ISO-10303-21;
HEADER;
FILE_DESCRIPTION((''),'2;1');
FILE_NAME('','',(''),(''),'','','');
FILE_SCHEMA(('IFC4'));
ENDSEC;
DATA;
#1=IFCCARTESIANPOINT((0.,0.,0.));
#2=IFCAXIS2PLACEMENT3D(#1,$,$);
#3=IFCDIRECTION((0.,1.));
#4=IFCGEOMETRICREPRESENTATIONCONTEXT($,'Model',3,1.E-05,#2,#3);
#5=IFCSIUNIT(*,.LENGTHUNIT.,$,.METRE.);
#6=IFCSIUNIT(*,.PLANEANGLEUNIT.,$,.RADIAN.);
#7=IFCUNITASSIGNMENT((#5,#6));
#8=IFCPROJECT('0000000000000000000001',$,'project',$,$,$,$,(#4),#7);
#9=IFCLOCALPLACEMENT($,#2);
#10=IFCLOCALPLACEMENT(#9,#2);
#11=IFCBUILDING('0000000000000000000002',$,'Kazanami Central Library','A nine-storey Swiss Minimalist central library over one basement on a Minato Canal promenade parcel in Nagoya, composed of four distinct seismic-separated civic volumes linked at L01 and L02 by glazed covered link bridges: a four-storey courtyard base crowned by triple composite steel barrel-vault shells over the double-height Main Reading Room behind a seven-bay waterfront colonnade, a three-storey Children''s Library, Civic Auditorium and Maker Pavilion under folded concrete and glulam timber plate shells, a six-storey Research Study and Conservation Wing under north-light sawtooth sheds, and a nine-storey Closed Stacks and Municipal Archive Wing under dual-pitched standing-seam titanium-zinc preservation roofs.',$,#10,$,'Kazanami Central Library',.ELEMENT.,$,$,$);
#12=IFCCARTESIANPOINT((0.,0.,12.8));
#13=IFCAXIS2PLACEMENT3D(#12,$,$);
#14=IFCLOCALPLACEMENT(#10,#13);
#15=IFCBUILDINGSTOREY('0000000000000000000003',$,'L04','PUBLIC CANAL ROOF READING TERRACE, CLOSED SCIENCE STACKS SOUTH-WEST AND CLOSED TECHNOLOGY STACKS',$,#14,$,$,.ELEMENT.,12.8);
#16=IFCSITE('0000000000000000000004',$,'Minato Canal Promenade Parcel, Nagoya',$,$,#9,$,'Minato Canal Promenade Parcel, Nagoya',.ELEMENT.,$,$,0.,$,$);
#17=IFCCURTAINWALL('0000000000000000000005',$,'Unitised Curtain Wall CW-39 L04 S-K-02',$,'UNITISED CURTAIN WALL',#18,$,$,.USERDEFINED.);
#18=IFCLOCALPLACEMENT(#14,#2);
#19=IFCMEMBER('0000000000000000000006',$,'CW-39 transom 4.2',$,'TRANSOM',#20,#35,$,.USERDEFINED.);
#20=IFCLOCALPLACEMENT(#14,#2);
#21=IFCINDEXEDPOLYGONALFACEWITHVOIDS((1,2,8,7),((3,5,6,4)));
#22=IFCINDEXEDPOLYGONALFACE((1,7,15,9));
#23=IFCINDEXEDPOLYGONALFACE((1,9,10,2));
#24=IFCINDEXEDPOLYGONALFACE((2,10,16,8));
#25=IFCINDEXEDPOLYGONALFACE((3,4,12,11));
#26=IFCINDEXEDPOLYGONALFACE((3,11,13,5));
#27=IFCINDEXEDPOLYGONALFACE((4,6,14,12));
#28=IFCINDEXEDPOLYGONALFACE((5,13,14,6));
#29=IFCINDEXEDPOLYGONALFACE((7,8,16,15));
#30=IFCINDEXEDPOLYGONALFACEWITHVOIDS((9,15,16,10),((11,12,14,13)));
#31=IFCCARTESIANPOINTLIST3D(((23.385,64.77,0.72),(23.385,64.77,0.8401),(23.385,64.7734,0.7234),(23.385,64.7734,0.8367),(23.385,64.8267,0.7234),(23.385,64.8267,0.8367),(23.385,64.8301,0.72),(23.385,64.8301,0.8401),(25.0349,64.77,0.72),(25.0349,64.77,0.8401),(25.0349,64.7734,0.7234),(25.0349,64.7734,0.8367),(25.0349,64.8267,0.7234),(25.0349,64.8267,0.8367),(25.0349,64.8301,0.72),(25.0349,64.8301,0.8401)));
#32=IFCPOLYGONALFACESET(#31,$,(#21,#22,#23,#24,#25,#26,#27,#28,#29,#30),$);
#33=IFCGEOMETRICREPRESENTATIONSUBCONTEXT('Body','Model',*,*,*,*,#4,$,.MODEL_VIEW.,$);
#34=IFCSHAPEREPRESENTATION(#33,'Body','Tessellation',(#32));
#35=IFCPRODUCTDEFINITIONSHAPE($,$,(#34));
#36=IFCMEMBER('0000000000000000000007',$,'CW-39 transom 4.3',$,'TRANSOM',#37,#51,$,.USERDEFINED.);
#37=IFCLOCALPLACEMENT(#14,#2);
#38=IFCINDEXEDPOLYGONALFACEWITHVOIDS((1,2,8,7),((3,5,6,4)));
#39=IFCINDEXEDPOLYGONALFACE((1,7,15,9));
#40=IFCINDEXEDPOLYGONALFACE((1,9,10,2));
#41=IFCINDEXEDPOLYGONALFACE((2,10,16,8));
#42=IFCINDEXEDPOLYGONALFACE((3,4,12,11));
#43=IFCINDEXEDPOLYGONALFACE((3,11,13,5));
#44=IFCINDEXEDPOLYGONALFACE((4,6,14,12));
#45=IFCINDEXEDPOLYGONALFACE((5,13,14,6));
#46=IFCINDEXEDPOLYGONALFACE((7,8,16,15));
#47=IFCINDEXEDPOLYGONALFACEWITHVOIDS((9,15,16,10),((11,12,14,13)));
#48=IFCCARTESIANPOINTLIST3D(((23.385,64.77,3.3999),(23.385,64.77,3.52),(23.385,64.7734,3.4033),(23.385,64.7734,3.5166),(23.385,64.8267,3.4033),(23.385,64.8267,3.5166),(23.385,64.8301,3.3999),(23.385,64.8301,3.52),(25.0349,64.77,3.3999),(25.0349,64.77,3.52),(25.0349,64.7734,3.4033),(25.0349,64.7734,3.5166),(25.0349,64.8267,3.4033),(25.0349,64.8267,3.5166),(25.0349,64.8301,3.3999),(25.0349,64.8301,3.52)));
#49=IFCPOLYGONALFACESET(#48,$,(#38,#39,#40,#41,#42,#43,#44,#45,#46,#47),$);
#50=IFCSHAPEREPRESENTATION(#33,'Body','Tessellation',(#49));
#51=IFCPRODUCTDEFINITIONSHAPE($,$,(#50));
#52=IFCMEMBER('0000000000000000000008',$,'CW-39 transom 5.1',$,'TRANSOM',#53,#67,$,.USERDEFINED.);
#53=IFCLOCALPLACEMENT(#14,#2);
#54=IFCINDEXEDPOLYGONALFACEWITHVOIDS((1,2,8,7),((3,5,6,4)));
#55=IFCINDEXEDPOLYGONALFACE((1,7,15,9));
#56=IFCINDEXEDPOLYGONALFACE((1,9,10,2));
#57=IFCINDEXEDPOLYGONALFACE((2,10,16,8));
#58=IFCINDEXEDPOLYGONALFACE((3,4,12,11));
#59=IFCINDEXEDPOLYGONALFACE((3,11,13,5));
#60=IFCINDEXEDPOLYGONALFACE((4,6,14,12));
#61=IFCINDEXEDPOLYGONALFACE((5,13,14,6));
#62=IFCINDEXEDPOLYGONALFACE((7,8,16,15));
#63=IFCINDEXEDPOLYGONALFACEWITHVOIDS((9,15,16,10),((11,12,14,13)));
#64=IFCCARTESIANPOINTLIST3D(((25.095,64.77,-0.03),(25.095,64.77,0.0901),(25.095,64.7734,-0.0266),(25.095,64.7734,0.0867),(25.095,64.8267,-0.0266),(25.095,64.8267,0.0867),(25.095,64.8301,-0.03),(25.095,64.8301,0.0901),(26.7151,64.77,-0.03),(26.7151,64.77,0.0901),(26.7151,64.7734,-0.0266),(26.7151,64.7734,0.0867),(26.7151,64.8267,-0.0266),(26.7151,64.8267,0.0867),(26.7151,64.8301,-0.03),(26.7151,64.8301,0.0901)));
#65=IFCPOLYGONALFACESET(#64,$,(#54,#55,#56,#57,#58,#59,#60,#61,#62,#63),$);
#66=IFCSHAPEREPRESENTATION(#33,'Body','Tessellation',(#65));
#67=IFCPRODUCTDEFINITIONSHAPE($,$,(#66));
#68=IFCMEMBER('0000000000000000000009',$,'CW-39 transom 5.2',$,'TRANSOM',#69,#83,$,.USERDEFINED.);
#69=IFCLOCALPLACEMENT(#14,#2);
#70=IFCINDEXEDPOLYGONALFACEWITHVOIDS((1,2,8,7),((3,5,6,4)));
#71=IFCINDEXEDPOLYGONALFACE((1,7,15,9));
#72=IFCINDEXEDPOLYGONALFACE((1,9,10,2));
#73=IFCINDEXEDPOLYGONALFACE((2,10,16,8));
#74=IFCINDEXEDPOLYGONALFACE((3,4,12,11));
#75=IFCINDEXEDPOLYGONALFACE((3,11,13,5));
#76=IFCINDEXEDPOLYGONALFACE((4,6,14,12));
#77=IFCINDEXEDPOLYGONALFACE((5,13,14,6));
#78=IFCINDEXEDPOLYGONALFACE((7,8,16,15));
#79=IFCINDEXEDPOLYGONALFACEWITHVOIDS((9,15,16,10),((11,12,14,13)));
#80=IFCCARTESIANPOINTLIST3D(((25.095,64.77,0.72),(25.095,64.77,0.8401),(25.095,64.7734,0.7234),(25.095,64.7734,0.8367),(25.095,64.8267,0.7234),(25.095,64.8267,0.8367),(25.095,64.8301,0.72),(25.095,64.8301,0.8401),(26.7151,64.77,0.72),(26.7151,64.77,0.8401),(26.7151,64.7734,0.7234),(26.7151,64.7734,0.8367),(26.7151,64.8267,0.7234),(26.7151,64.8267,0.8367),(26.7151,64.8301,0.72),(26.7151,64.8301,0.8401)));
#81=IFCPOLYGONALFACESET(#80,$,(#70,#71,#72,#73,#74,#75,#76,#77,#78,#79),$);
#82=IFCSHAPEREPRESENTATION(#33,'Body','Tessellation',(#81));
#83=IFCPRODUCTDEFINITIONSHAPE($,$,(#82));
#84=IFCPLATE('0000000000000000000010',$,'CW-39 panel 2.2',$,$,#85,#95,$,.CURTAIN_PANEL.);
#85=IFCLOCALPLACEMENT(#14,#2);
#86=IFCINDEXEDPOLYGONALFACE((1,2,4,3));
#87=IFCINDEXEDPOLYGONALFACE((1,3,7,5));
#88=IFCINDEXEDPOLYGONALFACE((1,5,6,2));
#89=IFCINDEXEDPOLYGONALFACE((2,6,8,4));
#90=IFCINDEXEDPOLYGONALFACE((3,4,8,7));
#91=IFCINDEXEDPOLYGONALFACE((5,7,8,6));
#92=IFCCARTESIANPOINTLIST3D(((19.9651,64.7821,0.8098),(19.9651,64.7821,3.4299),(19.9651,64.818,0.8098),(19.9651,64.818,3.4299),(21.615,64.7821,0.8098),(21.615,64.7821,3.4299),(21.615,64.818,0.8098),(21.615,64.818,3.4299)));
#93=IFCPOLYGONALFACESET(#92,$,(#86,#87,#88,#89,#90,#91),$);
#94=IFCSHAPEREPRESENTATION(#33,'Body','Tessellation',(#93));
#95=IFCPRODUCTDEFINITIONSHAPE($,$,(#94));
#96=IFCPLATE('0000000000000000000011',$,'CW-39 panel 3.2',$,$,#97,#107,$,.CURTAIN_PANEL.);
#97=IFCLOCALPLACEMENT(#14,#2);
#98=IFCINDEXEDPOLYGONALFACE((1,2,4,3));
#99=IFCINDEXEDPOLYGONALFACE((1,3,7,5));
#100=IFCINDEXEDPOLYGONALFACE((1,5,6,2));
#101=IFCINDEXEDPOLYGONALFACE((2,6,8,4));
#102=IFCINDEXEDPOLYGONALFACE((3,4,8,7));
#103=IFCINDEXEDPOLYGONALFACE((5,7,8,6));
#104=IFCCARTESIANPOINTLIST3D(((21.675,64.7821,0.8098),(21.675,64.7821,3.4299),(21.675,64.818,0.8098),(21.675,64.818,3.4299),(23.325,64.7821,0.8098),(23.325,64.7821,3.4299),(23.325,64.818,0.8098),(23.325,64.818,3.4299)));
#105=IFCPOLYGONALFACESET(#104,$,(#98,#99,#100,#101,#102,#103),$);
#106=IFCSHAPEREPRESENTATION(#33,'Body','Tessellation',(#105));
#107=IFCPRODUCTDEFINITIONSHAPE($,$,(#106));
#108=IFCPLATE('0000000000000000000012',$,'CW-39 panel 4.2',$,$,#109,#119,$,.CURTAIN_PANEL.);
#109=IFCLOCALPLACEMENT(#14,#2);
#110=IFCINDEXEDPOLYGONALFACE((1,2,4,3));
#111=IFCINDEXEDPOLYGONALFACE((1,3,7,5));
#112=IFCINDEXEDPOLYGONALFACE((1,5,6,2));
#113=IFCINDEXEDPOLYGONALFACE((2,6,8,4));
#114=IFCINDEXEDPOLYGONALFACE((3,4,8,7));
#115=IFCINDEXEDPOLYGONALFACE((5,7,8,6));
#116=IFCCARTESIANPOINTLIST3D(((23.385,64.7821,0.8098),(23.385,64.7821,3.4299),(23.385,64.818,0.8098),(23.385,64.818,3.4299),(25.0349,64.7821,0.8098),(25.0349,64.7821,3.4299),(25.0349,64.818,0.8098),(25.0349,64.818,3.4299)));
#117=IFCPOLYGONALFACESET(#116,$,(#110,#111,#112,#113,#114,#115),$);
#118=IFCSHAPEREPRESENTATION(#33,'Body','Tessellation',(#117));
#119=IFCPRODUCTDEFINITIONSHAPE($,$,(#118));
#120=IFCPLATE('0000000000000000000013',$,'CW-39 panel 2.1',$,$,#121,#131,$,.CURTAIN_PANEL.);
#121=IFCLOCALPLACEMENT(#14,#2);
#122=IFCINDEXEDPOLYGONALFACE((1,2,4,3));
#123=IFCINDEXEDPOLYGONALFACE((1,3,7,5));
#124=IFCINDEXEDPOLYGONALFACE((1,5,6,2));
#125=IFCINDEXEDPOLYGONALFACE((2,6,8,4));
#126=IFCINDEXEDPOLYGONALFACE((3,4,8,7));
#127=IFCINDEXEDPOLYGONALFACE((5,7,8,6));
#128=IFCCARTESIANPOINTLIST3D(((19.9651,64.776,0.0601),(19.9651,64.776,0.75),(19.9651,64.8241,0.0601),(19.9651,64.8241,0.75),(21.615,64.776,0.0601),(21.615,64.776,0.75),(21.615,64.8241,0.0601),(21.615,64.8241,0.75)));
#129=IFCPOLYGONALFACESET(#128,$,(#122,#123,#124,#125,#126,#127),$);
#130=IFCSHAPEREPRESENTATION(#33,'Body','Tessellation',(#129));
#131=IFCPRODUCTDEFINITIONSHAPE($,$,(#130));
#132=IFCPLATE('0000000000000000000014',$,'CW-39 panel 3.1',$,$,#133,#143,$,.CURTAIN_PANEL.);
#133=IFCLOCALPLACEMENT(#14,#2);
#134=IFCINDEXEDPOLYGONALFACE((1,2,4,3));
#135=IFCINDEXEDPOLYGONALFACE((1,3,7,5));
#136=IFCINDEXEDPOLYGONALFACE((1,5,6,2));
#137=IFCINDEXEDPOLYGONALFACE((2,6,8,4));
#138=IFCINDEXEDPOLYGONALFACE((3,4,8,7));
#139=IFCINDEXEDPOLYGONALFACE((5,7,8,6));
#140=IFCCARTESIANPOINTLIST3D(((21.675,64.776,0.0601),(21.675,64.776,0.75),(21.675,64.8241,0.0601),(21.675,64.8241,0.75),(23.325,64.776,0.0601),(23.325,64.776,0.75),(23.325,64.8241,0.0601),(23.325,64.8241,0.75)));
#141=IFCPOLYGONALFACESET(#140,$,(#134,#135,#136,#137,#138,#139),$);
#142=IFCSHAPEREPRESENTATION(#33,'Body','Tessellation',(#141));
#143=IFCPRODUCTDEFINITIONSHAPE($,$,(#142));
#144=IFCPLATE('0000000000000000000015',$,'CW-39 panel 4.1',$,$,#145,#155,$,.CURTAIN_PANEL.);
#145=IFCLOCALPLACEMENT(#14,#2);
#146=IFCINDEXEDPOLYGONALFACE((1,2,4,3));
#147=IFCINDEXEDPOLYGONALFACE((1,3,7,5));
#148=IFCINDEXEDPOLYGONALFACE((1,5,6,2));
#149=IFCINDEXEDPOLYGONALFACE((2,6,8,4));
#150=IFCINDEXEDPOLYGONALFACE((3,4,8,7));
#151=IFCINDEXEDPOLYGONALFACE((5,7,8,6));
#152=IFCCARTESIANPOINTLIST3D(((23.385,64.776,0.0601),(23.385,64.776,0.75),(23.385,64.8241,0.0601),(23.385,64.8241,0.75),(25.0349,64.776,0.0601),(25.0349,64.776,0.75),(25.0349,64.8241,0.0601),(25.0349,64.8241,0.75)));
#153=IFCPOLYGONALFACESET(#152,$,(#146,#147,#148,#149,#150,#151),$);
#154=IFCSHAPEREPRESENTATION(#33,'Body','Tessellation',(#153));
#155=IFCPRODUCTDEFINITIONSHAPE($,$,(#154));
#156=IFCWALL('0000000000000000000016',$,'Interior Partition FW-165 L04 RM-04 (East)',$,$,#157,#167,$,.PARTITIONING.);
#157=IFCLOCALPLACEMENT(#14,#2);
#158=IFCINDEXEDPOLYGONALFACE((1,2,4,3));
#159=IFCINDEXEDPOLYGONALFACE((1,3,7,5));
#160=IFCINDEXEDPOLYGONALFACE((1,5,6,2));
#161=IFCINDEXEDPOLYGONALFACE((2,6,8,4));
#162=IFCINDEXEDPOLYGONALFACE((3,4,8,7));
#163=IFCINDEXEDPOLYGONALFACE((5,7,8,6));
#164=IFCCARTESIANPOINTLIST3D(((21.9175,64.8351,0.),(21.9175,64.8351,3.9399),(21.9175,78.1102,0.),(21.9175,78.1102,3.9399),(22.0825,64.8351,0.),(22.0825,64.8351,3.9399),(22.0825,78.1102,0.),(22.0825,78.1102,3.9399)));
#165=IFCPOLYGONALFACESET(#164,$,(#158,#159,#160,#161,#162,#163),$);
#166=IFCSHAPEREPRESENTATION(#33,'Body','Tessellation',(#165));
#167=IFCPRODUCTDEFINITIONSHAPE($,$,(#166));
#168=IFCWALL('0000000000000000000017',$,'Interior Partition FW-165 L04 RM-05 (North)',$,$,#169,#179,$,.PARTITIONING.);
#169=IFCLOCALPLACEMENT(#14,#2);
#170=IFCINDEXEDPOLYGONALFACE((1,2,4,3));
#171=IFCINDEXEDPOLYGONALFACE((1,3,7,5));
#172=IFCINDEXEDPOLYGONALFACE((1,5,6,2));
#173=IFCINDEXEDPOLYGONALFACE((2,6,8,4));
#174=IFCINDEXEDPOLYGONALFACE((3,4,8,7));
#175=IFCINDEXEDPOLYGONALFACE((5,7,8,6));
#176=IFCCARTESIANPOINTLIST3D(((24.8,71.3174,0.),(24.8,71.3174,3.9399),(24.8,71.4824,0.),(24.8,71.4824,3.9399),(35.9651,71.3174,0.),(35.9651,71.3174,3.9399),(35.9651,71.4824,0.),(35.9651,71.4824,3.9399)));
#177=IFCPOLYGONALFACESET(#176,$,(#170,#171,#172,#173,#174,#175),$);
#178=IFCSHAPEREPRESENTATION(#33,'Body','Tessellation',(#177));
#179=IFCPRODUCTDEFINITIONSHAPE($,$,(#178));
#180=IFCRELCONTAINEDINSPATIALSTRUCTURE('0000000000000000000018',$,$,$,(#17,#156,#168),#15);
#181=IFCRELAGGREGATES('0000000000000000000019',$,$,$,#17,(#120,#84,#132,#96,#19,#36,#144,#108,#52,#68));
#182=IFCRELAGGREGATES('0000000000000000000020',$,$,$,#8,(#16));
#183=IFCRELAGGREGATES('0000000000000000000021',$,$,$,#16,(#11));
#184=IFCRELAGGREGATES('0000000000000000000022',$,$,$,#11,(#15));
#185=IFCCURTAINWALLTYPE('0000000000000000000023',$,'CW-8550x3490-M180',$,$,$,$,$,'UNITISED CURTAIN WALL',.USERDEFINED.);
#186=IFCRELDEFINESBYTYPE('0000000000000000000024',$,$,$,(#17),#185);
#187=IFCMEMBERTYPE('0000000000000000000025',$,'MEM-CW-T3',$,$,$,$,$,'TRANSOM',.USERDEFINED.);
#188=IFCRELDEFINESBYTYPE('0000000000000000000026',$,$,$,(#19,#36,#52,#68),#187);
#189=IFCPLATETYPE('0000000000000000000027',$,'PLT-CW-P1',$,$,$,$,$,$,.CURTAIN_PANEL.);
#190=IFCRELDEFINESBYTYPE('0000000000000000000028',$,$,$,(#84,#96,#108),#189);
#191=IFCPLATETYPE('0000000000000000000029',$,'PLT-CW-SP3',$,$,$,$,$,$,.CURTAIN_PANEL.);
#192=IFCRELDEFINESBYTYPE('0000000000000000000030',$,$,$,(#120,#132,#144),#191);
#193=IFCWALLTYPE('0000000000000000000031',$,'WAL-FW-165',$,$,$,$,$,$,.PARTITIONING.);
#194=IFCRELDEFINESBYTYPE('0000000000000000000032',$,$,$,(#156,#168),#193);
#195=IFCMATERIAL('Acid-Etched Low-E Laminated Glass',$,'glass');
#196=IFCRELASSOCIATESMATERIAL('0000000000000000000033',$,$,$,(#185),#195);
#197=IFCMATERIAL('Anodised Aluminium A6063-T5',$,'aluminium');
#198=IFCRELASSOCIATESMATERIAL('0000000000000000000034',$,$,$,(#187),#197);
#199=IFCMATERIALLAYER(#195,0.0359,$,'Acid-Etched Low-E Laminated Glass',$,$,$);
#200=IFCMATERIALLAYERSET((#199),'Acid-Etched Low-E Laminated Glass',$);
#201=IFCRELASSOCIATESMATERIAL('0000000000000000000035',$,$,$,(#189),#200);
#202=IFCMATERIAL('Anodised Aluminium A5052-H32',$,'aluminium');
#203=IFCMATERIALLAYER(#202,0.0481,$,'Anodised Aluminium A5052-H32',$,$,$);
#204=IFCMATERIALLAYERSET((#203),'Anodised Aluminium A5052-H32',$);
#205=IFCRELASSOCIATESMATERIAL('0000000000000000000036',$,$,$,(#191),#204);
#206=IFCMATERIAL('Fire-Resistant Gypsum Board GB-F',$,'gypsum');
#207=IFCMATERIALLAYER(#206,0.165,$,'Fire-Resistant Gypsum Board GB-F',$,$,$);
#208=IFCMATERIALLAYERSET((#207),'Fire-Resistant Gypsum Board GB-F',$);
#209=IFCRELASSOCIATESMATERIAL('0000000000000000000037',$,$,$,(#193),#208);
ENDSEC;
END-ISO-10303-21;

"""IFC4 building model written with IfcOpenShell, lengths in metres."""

from ifc_helpers import new_model, si_unit, direction, frame, frame_2d, origin, origin_2d, place, context, subcontext, project, spatial, rectangle, hollow_rectangle, extrude, material, layer, layer_set, material_profile, profile_set, type_object, element, aggregate, save


model = new_model("IFC4")

# Units and contexts
model_context = context("Model", 3, precision=1e-05, world=origin(), true_north=direction((0.0, 1.0)))
body_context = subcontext(model_context, "Body", "Model", "MODEL_VIEW")
ifc_project = project(units=[si_unit("LENGTHUNIT", "METRE"), si_unit("PLANEANGLEUNIT", "RADIAN")], contexts=[model_context])

# Site, building, storey
site_placement = place(None, origin())
site = spatial("IfcSite", under=ifc_project, at=site_placement, Name="Minato Canal Promenade Parcel, Nagoya", LongName="Minato Canal Promenade Parcel, Nagoya", CompositionType="ELEMENT", RefElevation=0.0)
building_placement = place(site_placement, origin())
building = spatial("IfcBuilding", under=site, at=building_placement, Name="Kazanami Central Library", Description="A nine-storey Swiss Minimalist central library over one basement on a Minato Canal promenade parcel in Nagoya, composed of four distinct seismic-separated civic volumes linked at L01 and L02 by glazed covered link bridges: a four-storey courtyard base crowned by triple composite steel barrel-vault shells over the double-height Main Reading Room behind a seven-bay waterfront colonnade, a three-storey Children's Library, Civic Auditorium and Maker Pavilion under folded concrete and glulam timber plate shells, a six-storey Research Study and Conservation Wing under north-light sawtooth sheds, and a nine-storey Closed Stacks and Municipal Archive Wing under dual-pitched standing-seam titanium-zinc preservation roofs.", LongName="Kazanami Central Library", CompositionType="ELEMENT")
storey_placement = place(building_placement, frame((0.0, 0.0, 12.8)))
storey = spatial("IfcBuildingStorey", under=building, at=storey_placement, Name="L04", Description="PUBLIC CANAL ROOF READING TERRACE, CLOSED SCIENCE STACKS SOUTH-WEST AND CLOSED TECHNOLOGY STACKS", CompositionType="ELEMENT", Elevation=12.8)

# Curtain wall, members, plates
ifc_material_1 = material(Name="Acid-Etched Low-E Laminated Glass", Category="glass")
curtain_wall_type = type_object("IfcCurtainWallType", Name="CW-8550x3490-M180", ElementType="UNITISED CURTAIN WALL", PredefinedType="USERDEFINED", material=ifc_material_1)
curtain_wall_placement = place(storey_placement, origin())
curtain_wall = element("IfcCurtainWall", 1, at=curtain_wall_placement, inside=storey, type_object=curtain_wall_type, Name="Unitised Curtain Wall CW-39 L04 S-K-02", ObjectType="UNITISED CURTAIN WALL", PredefinedType="USERDEFINED")
ifc_material_2 = material(Name="Anodised Aluminium A6063-T5", Category="aluminium")
ifc_material_profile_1 = material_profile(ifc_material_2, hollow_rectangle(XDim=0.0601, YDim=0.1201, WallThickness=0.0034, at=origin_2d()), Name="ALU-TRAN-60x120x3.5")
ifc_profile_set_1 = profile_set([ifc_material_profile_1], Name="Anodised Aluminium A6063-T5")
member_type_1 = type_object("IfcMemberType", Name="MEM-CW-T3", ElementType="TRANSOM", PredefinedType="USERDEFINED", material=ifc_profile_set_1)
member_1_placement = place(storey_placement, frame((23.385, 64.8, 0.78), z_axis=(1.0, 0.0, 0.0), x_axis=(0.0, 1.0, 0.0)))
member_1 = element("IfcMember", 2, at=member_1_placement, type_object=member_type_1, Name="CW-39 transom 4.2", ObjectType="TRANSOM", PredefinedType="USERDEFINED", context=body_context, shape_type="SweptSolid", body=[
    extrude(hollow_rectangle(XDim=0.0601, YDim=0.1201, WallThickness=0.0034, at=origin_2d()), origin(), (0.0, 0.0, 1.0), 1.6499),
])
member_2_placement = place(storey_placement, frame((23.385, 64.8, 3.46), z_axis=(1.0, 0.0, 0.0), x_axis=(0.0, 1.0, 0.0)))
member_2 = element("IfcMember", 3, at=member_2_placement, type_object=member_type_1, Name="CW-39 transom 4.3", ObjectType="TRANSOM", PredefinedType="USERDEFINED", context=body_context, shape_type="SweptSolid", body=[
    extrude(hollow_rectangle(XDim=0.0601, YDim=0.1201, WallThickness=0.0034, at=origin_2d()), origin(), (0.0, 0.0, 1.0), 1.6499),
])
member_3_placement = place(storey_placement, frame((25.095, 64.8, 0.03), z_axis=(1.0, 0.0, 0.0), x_axis=(0.0, 1.0, 0.0)))
member_3 = element("IfcMember", 4, at=member_3_placement, type_object=member_type_1, Name="CW-39 transom 5.1", ObjectType="TRANSOM", PredefinedType="USERDEFINED", context=body_context, shape_type="SweptSolid", body=[
    extrude(hollow_rectangle(XDim=0.0601, YDim=0.1201, WallThickness=0.0034, at=origin_2d()), origin(), (0.0, 0.0, 1.0), 1.6201),
])
member_4_placement = place(storey_placement, frame((25.095, 64.8, 0.78), z_axis=(1.0, 0.0, 0.0), x_axis=(0.0, 1.0, 0.0)))
member_4 = element("IfcMember", 5, at=member_4_placement, type_object=member_type_1, Name="CW-39 transom 5.2", ObjectType="TRANSOM", PredefinedType="USERDEFINED", context=body_context, shape_type="SweptSolid", body=[
    extrude(hollow_rectangle(XDim=0.0601, YDim=0.1201, WallThickness=0.0034, at=origin_2d()), origin(), (0.0, 0.0, 1.0), 1.6201),
])
ifc_layer_1 = layer(ifc_material_1, 0.0359, Name="Acid-Etched Low-E Laminated Glass")
ifc_layer_set_1 = layer_set([ifc_layer_1], Name="Acid-Etched Low-E Laminated Glass")
plate_type_1 = type_object("IfcPlateType", Name="PLT-CW-P1", PredefinedType="CURTAIN_PANEL", material=ifc_layer_set_1)
plate_1_placement = place(storey_placement, frame((20.79, 64.8, 0.8098), z_axis=(0.0, 0.0, 1.0), x_axis=(1.0, 0.0, 0.0)))
plate_1 = element("IfcPlate", 6, at=plate_1_placement, type_object=plate_type_1, Name="CW-39 panel 2.2", PredefinedType="CURTAIN_PANEL", context=body_context, shape_type="SweptSolid", body=[
    extrude(rectangle(XDim=1.6499, YDim=0.0359, at=origin_2d()), origin(), (0.0, 0.0, 1.0), 2.6201),
])
plate_2_placement = place(storey_placement, frame((22.5, 64.8, 0.8098), z_axis=(0.0, 0.0, 1.0), x_axis=(1.0, 0.0, 0.0)))
plate_2 = element("IfcPlate", 7, at=plate_2_placement, type_object=plate_type_1, Name="CW-39 panel 3.2", PredefinedType="CURTAIN_PANEL", context=body_context, shape_type="SweptSolid", body=[
    extrude(rectangle(XDim=1.6499, YDim=0.0359, at=origin_2d()), origin(), (0.0, 0.0, 1.0), 2.6201),
])
plate_3_placement = place(storey_placement, frame((24.21, 64.8, 0.8098), z_axis=(0.0, 0.0, 1.0), x_axis=(1.0, 0.0, 0.0)))
plate_3 = element("IfcPlate", 8, at=plate_3_placement, type_object=plate_type_1, Name="CW-39 panel 4.2", PredefinedType="CURTAIN_PANEL", context=body_context, shape_type="SweptSolid", body=[
    extrude(rectangle(XDim=1.6499, YDim=0.0359, at=origin_2d()), origin(), (0.0, 0.0, 1.0), 2.6201),
])
ifc_material_3 = material(Name="Anodised Aluminium A5052-H32", Category="aluminium")
ifc_layer_2 = layer(ifc_material_3, 0.0481, Name="Anodised Aluminium A5052-H32")
ifc_layer_set_2 = layer_set([ifc_layer_2], Name="Anodised Aluminium A5052-H32")
plate_type_2 = type_object("IfcPlateType", Name="PLT-CW-SP3", PredefinedType="CURTAIN_PANEL", material=ifc_layer_set_2)
plate_4_placement = place(storey_placement, frame((20.79, 64.8, 0.0601), z_axis=(0.0, 0.0, 1.0), x_axis=(1.0, 0.0, 0.0)))
plate_4 = element("IfcPlate", 9, at=plate_4_placement, type_object=plate_type_2, Name="CW-39 panel 2.1", PredefinedType="CURTAIN_PANEL", context=body_context, shape_type="SweptSolid", body=[
    extrude(rectangle(XDim=1.6499, YDim=0.0481, at=origin_2d()), origin(), (0.0, 0.0, 1.0), 0.6899),
])
plate_5_placement = place(storey_placement, frame((22.5, 64.8, 0.0601), z_axis=(0.0, 0.0, 1.0), x_axis=(1.0, 0.0, 0.0)))
plate_5 = element("IfcPlate", 10, at=plate_5_placement, type_object=plate_type_2, Name="CW-39 panel 3.1", PredefinedType="CURTAIN_PANEL", context=body_context, shape_type="SweptSolid", body=[
    extrude(rectangle(XDim=1.6499, YDim=0.0481, at=origin_2d()), origin(), (0.0, 0.0, 1.0), 0.6899),
])
plate_6_placement = place(storey_placement, frame((24.21, 64.8, 0.0601), z_axis=(0.0, 0.0, 1.0), x_axis=(1.0, 0.0, 0.0)))
plate_6 = element("IfcPlate", 11, at=plate_6_placement, type_object=plate_type_2, Name="CW-39 panel 4.1", PredefinedType="CURTAIN_PANEL", context=body_context, shape_type="SweptSolid", body=[
    extrude(rectangle(XDim=1.6499, YDim=0.0481, at=origin_2d()), origin(), (0.0, 0.0, 1.0), 0.6899),
])
aggregate(curtain_wall, [plate_4, plate_1, plate_5, plate_2, member_1, member_2, plate_6, plate_3, member_3, member_4])

# Walls
ifc_material_4 = material(Name="Fire-Resistant Gypsum Board GB-F", Category="gypsum")
ifc_layer_3 = layer(ifc_material_4, 0.165, Name="Fire-Resistant Gypsum Board GB-F")
ifc_layer_set_3 = layer_set([ifc_layer_3], Name="Fire-Resistant Gypsum Board GB-F")
wall_type_1 = type_object("IfcWallType", Name="WAL-FW-165", PredefinedType="PARTITIONING", material=ifc_layer_set_3)
wall_1_placement = place(storey_placement, frame((22.0, 64.835, 0.0), z_axis=(0.0, 0.0, 1.0), x_axis=(0.0, 1.0, 0.0)))
element("IfcWall", 12, at=wall_1_placement, inside=storey, type_object=wall_type_1, Name="Interior Partition FW-165 L04 RM-04 (East)", PredefinedType="PARTITIONING", context=body_context, shape_type="SweptSolid", body=[
    extrude(rectangle(XDim=13.2751, YDim=0.165, at=frame_2d((6.6377, 0.0))), origin(), (0.0, 0.0, 1.0), 3.9399),
])
wall_2_placement = place(storey_placement, frame((24.8, 71.3999, 0.0), z_axis=(0.0, 0.0, 1.0), x_axis=(1.0, 0.0, 0.0)))
element("IfcWall", 13, at=wall_2_placement, inside=storey, type_object=wall_type_1, Name="Interior Partition FW-165 L04 RM-05 (North)", PredefinedType="PARTITIONING", context=body_context, shape_type="SweptSolid", body=[
    extrude(rectangle(XDim=11.165, YDim=0.165, at=frame_2d((5.5825, 0.0))), origin(), (0.0, 0.0, 1.0), 3.9399),
])

save(model, "model.ifc")
